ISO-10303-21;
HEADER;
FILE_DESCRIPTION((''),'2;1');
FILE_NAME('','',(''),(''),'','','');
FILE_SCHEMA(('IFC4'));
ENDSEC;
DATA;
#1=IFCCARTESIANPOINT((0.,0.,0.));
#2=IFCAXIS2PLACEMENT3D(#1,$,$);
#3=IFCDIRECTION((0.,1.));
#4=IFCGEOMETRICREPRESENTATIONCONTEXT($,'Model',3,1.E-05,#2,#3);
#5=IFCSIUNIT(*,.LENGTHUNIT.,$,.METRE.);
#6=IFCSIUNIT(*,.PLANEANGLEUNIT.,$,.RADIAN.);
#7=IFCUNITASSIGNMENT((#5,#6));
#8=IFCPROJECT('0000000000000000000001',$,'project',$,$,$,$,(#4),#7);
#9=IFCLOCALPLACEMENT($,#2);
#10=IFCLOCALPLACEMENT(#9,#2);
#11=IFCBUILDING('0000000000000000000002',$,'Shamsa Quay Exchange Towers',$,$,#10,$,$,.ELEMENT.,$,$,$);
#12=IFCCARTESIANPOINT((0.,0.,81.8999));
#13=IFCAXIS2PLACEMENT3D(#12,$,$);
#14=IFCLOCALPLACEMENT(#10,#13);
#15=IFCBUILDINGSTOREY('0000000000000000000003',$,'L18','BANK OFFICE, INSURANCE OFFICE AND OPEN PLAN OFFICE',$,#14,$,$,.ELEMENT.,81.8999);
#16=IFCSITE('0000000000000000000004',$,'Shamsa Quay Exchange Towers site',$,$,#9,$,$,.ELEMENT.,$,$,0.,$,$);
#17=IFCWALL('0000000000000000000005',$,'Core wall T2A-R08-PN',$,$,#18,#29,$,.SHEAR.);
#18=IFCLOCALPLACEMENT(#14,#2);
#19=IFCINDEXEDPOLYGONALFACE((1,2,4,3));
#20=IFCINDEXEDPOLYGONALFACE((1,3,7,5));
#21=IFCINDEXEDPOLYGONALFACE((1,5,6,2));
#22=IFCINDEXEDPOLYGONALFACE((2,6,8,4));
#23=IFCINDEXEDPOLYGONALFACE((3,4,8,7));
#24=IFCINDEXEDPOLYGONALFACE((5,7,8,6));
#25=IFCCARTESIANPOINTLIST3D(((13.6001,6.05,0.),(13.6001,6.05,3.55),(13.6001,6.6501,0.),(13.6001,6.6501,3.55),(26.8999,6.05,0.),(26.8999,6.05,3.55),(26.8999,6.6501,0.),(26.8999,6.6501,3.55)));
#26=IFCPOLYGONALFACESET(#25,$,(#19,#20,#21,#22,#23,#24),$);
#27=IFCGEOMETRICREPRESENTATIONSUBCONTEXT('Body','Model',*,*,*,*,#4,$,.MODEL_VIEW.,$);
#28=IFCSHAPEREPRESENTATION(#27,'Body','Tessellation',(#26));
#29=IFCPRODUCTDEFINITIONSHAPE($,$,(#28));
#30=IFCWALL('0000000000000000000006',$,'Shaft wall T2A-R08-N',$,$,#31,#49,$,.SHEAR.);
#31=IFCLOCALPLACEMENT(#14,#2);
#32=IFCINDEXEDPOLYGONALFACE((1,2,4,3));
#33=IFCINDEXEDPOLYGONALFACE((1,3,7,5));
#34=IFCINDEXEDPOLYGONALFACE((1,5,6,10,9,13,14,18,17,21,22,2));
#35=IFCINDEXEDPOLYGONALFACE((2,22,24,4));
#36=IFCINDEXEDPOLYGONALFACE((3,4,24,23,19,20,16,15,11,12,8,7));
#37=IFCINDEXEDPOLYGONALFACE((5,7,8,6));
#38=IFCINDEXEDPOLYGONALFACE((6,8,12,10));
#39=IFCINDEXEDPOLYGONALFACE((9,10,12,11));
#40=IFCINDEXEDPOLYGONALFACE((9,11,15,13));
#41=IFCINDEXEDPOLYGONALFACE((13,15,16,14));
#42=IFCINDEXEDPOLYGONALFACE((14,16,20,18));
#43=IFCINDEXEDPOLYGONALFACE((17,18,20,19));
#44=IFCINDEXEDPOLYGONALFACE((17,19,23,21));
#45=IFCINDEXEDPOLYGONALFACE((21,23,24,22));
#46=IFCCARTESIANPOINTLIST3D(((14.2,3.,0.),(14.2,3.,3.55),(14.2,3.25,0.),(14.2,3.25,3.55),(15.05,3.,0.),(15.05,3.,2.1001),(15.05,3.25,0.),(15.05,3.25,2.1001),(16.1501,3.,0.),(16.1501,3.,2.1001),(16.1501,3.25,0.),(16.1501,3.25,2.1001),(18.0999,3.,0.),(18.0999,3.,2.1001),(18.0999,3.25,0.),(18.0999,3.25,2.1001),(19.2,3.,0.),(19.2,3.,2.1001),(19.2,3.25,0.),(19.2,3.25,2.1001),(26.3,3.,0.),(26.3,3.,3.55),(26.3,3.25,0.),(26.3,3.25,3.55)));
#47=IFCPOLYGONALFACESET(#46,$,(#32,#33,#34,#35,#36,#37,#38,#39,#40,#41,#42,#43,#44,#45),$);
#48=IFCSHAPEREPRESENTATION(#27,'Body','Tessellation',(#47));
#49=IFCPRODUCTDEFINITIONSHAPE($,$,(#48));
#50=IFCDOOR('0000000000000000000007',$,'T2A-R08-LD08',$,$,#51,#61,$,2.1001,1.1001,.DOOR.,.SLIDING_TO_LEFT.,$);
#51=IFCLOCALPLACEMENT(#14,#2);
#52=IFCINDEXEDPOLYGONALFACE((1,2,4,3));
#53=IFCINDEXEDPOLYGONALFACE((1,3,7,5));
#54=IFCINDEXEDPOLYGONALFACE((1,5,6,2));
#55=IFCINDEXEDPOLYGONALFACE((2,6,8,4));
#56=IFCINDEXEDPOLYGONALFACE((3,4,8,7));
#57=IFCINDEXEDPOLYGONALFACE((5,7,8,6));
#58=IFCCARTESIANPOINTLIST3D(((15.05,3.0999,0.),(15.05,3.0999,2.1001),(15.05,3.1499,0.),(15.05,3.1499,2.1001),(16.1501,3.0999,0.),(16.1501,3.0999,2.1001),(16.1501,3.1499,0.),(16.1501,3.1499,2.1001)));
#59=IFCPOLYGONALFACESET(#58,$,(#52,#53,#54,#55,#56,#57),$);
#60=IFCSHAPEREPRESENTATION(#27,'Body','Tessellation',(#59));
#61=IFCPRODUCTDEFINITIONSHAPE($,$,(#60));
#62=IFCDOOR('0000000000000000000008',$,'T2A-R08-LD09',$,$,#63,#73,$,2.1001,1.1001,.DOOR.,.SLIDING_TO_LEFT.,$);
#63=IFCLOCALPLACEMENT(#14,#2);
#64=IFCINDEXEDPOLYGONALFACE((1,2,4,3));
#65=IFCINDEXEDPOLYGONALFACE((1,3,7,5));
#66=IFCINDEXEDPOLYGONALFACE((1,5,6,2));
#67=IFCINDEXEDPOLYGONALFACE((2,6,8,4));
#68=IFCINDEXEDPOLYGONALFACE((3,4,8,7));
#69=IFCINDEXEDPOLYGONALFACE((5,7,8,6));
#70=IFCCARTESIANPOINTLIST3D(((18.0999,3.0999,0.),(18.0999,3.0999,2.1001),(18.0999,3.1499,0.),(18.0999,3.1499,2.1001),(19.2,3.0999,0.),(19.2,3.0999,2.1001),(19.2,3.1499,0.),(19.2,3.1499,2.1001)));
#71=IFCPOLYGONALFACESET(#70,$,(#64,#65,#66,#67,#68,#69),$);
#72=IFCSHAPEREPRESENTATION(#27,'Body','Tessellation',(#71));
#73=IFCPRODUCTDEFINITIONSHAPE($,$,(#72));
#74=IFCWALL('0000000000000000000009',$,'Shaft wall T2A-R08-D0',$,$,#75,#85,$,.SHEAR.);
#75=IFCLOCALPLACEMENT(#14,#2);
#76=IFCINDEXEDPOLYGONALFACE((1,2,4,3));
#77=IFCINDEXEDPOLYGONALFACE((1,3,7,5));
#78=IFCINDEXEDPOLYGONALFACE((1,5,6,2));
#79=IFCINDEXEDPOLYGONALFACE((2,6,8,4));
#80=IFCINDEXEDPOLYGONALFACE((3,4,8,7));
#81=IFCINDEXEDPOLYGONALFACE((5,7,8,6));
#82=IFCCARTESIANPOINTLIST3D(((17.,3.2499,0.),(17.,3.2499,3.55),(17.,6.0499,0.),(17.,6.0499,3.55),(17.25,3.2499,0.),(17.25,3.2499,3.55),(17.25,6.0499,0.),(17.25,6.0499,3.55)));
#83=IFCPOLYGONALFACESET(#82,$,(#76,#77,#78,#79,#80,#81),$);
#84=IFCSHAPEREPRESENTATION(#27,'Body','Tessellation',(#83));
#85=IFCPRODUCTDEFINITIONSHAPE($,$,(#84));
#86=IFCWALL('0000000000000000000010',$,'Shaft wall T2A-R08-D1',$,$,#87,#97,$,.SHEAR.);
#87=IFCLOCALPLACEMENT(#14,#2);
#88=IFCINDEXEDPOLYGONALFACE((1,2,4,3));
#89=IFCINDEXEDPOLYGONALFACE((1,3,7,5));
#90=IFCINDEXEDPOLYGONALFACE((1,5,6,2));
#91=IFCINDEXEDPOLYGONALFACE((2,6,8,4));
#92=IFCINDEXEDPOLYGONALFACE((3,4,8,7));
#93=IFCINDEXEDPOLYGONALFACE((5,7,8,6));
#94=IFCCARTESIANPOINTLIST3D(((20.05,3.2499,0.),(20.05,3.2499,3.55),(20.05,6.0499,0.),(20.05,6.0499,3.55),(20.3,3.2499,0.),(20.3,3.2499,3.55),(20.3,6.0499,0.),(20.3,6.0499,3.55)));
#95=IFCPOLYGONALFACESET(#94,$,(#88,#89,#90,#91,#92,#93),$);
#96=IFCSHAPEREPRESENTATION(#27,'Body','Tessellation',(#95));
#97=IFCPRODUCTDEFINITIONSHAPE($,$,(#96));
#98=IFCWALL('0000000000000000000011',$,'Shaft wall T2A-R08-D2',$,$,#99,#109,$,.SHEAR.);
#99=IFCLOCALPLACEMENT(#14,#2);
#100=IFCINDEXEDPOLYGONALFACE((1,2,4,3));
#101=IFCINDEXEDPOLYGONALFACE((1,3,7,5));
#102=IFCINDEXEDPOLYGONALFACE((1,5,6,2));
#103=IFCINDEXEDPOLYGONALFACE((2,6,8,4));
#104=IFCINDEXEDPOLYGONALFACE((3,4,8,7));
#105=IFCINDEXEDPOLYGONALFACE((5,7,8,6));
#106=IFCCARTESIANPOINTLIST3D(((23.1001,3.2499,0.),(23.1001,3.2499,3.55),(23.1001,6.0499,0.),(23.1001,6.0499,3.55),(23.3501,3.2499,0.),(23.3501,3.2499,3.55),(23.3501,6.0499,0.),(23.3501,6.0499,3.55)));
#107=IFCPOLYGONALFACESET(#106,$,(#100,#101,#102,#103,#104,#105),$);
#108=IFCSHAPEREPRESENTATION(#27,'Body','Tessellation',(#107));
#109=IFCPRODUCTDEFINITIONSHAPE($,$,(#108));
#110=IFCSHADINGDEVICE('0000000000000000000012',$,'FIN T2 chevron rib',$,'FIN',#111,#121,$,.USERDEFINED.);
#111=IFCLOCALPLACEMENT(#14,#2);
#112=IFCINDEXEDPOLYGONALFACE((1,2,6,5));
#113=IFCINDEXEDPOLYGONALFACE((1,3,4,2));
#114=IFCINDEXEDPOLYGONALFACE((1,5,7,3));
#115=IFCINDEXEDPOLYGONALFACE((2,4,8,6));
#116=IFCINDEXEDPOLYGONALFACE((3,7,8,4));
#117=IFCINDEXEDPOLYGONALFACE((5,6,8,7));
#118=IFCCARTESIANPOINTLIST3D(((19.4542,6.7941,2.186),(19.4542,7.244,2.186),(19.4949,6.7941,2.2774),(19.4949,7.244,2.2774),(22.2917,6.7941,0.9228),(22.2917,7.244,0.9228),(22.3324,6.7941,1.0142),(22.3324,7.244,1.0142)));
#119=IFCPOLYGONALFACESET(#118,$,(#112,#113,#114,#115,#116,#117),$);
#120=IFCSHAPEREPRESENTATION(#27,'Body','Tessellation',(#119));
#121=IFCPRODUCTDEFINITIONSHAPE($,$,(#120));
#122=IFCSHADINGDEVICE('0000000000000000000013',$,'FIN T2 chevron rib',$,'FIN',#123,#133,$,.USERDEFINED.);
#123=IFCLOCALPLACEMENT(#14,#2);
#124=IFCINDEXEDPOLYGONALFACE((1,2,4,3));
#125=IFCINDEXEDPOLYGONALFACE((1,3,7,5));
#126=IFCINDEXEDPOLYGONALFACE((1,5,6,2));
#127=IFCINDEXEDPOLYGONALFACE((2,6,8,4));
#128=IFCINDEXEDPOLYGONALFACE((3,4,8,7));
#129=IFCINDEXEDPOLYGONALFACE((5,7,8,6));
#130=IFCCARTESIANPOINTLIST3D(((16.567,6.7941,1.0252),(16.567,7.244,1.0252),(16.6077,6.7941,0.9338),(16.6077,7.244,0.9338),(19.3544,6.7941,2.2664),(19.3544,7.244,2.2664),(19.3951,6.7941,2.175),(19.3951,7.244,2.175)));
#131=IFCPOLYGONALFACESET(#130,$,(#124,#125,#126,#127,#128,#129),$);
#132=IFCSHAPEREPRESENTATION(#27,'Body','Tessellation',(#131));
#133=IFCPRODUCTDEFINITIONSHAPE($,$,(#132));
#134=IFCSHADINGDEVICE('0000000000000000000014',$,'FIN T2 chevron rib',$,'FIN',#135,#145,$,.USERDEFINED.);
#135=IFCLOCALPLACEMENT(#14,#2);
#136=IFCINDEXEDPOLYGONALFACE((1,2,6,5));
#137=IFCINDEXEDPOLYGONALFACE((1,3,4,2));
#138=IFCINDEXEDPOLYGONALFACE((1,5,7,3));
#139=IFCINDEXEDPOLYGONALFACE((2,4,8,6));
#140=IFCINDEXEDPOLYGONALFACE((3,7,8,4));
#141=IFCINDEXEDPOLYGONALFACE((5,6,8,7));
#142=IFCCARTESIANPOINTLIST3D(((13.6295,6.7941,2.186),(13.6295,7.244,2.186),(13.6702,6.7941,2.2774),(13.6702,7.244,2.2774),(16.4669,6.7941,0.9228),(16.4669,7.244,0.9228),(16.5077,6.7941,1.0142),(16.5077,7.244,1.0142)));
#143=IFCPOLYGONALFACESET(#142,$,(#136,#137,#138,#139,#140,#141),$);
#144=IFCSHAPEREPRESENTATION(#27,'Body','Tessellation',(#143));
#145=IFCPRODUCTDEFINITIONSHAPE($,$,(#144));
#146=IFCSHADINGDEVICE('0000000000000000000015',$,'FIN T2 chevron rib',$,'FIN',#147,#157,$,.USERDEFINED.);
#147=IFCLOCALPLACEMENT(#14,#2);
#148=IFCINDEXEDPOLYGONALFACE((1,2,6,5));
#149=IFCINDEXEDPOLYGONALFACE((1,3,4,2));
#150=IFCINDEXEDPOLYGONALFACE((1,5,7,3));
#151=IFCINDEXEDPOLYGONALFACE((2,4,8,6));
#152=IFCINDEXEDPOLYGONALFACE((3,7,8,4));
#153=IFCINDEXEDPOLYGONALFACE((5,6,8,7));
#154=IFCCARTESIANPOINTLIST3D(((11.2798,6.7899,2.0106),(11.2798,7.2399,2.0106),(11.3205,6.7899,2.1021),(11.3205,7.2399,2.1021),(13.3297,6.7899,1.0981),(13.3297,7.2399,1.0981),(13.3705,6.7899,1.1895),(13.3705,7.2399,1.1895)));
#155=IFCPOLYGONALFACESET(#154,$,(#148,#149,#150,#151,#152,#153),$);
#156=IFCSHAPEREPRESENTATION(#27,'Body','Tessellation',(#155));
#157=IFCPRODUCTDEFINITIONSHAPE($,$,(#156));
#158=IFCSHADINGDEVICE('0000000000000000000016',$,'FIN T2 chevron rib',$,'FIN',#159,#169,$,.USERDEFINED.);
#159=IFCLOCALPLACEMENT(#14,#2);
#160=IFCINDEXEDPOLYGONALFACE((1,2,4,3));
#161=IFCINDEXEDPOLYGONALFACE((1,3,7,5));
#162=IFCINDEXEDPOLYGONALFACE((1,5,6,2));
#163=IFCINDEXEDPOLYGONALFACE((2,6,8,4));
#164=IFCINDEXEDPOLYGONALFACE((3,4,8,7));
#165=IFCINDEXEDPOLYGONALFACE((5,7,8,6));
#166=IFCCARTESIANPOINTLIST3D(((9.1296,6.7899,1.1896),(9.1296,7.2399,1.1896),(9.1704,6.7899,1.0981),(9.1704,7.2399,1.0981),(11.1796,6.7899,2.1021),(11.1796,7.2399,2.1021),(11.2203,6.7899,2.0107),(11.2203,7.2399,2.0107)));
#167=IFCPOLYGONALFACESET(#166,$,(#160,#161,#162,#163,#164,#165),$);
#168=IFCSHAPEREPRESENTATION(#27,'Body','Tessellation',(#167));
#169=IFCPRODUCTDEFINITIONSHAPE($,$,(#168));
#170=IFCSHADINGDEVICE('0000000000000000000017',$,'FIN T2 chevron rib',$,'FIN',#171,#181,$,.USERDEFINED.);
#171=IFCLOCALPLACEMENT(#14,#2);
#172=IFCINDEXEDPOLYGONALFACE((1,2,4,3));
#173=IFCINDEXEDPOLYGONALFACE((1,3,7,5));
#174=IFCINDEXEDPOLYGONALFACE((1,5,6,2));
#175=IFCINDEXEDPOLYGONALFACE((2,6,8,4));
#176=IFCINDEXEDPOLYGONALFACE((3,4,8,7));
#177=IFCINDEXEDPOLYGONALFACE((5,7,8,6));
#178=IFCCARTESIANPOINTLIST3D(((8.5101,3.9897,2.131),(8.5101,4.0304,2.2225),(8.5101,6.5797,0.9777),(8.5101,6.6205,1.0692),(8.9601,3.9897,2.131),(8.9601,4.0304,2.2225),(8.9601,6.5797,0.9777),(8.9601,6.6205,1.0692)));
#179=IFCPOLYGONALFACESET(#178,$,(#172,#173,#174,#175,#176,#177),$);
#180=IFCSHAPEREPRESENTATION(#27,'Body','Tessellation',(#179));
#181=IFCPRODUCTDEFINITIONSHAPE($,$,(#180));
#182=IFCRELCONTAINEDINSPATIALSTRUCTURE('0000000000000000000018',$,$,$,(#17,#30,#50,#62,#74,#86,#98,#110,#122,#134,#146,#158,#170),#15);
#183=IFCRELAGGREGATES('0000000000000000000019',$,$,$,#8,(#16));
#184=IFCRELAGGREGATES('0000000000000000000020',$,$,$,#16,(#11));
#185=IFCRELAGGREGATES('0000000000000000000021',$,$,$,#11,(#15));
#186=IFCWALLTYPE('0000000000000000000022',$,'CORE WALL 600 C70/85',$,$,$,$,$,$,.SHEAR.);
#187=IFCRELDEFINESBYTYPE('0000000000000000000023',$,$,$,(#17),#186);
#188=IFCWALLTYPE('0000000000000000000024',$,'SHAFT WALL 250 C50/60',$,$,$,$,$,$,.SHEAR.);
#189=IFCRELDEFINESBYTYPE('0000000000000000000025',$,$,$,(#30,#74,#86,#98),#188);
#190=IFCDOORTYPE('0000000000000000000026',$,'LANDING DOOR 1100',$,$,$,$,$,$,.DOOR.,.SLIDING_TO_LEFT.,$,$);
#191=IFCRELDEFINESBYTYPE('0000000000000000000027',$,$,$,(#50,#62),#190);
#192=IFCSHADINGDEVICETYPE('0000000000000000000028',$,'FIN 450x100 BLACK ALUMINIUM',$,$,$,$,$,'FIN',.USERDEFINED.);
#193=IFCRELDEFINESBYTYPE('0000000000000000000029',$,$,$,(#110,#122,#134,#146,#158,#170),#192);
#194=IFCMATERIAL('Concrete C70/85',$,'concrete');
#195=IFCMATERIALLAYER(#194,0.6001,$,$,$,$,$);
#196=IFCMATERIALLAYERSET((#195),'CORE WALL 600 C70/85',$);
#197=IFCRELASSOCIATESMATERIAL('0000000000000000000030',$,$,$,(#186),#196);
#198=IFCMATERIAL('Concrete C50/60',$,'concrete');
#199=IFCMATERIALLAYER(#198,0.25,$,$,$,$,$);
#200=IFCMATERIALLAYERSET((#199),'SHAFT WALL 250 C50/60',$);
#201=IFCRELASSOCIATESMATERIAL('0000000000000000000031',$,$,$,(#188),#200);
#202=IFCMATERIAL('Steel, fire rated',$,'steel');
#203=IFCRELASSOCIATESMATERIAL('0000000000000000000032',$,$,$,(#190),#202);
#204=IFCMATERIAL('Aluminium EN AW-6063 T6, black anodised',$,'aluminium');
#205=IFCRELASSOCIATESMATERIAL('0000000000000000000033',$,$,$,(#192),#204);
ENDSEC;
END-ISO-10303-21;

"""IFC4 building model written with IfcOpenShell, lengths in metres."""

from ifc_helpers import new_model, si_unit, direction, frame, frame_2d, origin, origin_2d, place, context, subcontext, project, spatial, rectangle, extrude, material, layer, layer_set, material_profile, profile_set, type_object, element, fill, save


model = new_model("IFC4")

# Units and contexts
model_context = context("Model", 3, precision=1e-05, world=origin(), true_north=direction((0.0, 1.0)))
body_context = subcontext(model_context, "Body", "Model", "MODEL_VIEW")
ifc_project = project(units=[si_unit("LENGTHUNIT", "METRE"), si_unit("PLANEANGLEUNIT", "RADIAN")], contexts=[model_context])

# Site, building, storey
site_placement = place(None, origin())
site = spatial("IfcSite", under=ifc_project, at=site_placement, Name="Shamsa Quay Exchange Towers site", CompositionType="ELEMENT", RefElevation=0.0)
building_placement = place(site_placement, origin())
building = spatial("IfcBuilding", under=site, at=building_placement, Name="Shamsa Quay Exchange Towers", CompositionType="ELEMENT")
storey_placement = place(building_placement, frame((0.0, 0.0, 81.8999)))
storey = spatial("IfcBuildingStorey", under=building, at=storey_placement, Name="L18", Description="BANK OFFICE, INSURANCE OFFICE AND OPEN PLAN OFFICE", CompositionType="ELEMENT", Elevation=81.8999)

# Shared definitions
ifc_material_1 = material(Name="Aluminium EN AW-6063 T6, black anodised", Category="aluminium")

# Shared definitions
ifc_material_2 = material(Name="Concrete C50/60", Category="concrete")

# Wall
ifc_material_3 = material(Name="Concrete C70/85", Category="concrete")
ifc_layer_1 = layer(ifc_material_3, 0.6001)
ifc_layer_set_1 = layer_set([ifc_layer_1], Name="CORE WALL 600 C70/85")
wall_type_1 = type_object("IfcWallType", Name="CORE WALL 600 C70/85", PredefinedType="SHEAR", material=ifc_layer_set_1)
wall_1_placement = place(storey_placement, frame((13.6001, 6.3501, 0.0)))
element("IfcWall", 1, at=wall_1_placement, inside=storey, type_object=wall_type_1, Name="Core wall T2A-R08-PN", PredefinedType="SHEAR", context=body_context, shape_type="SweptSolid", body=[
    extrude(rectangle(XDim=13.2998, YDim=0.6001, at=frame_2d((6.6499, 0.0))), origin(), (0.0, 0.0, 1.0), 3.55),
])

# Shared definitions
ifc_material_4 = material(Name="Steel, fire rated", Category="steel")

# Wall, openings, doors
ifc_layer_2 = layer(ifc_material_2, 0.25)
ifc_layer_set_2 = layer_set([ifc_layer_2], Name="SHAFT WALL 250 C50/60")
wall_type_2 = type_object("IfcWallType", Name="SHAFT WALL 250 C50/60", PredefinedType="SHEAR", material=ifc_layer_set_2)
wall_2_placement = place(storey_placement, frame((14.2, 3.125, 0.0)))
wall_2 = element("IfcWall", 2, at=wall_2_placement, inside=storey, type_object=wall_type_2, Name="Shaft wall T2A-R08-N", PredefinedType="SHEAR", context=body_context, shape_type="SweptSolid", body=[
    extrude(rectangle(XDim=12.1001, YDim=0.25, at=frame_2d((6.05, 0.0))), origin(), (0.0, 0.0, 1.0), 3.55),
])
opening_1_placement = place(wall_2_placement, frame((0.8501, 0.0, 0.0)))
opening_1 = element("IfcOpeningElement", 3, at=opening_1_placement, cuts=wall_2, PredefinedType="OPENING", context=body_context, shape_type="SweptSolid", body=[
    extrude(rectangle(XDim=1.1001, YDim=2.1001, at=frame_2d((0.55, 1.05))), frame((0.0, 0.135, 0.0), z_axis=(0.0, -1.0, 0.0), x_axis=(1.0, 0.0, 0.0)), (0.0, 0.0, 1.0), 0.27),
])
opening_2_placement = place(wall_2_placement, frame((3.8999, 0.0, 0.0)))
opening_2 = element("IfcOpeningElement", 4, at=opening_2_placement, cuts=wall_2, PredefinedType="OPENING", context=body_context, shape_type="SweptSolid", body=[
    extrude(rectangle(XDim=1.1001, YDim=2.1001, at=frame_2d((0.55, 1.05))), frame((0.0, 0.135, 0.0), z_axis=(0.0, -1.0, 0.0), x_axis=(1.0, 0.0, 0.0)), (0.0, 0.0, 1.0), 0.27),
])
door_type_1 = type_object("IfcDoorType", Name="LANDING DOOR 1100", OperationType="SLIDING_TO_LEFT", PredefinedType="DOOR", material=ifc_material_4)
door_1_placement = place(opening_1_placement, origin())
door_1 = element("IfcDoor", 5, at=door_1_placement, inside=storey, type_object=door_type_1, Name="T2A-R08-LD08", OperationType="SLIDING_TO_LEFT", OverallHeight=2.1001, OverallWidth=1.1001, PredefinedType="DOOR", context=body_context, shape_type="SweptSolid", body=[
    extrude(rectangle(XDim=1.1001, YDim=2.1001, at=frame_2d((0.55, 1.05))), frame((0.0, 0.0249, 0.0), z_axis=(0.0, -1.0, 0.0), x_axis=(1.0, 0.0, 0.0)), (0.0, 0.0, 1.0), 0.05),
])
fill(opening_1, door_1)
door_2_placement = place(opening_2_placement, origin())
door_2 = element("IfcDoor", 6, at=door_2_placement, inside=storey, type_object=door_type_1, Name="T2A-R08-LD09", OperationType="SLIDING_TO_LEFT", OverallHeight=2.1001, OverallWidth=1.1001, PredefinedType="DOOR", context=body_context, shape_type="SweptSolid", body=[
    extrude(rectangle(XDim=1.1001, YDim=2.1001, at=frame_2d((0.55, 1.05))), frame((0.0, 0.0249, 0.0), z_axis=(0.0, -1.0, 0.0), x_axis=(1.0, 0.0, 0.0)), (0.0, 0.0, 1.0), 0.05),
])
fill(opening_2, door_2)

# Walls
for number, where, z_axis, x_axis, name in (
    (7, (17.125, 3.25, 0.0), (0.0, 0.0, 1.0), (0.0, 1.0, 0.0), "Shaft wall T2A-R08-D0"),
    (8, (20.175, 3.25, 0.0), (0.0, 0.0, 1.0), (0.0, 1.0, 0.0), "Shaft wall T2A-R08-D1"),
    (9, (23.2251, 3.25, 0.0), (0.0, 0.0, 1.0), (0.0, 1.0, 0.0), "Shaft wall T2A-R08-D2"),
):
    element("IfcWall", number, at=place(storey_placement, frame(where, z_axis=z_axis, x_axis=x_axis)), inside=storey, type_object=wall_type_2, Name=name, PredefinedType="SHEAR", context=body_context, shape_type="SweptSolid", body=[
        extrude(rectangle(XDim=2.8, YDim=0.25, at=frame_2d((1.3999, 0.0))), origin(), (0.0, 0.0, 1.0), 3.55),
    ])

# Shading devices
ifc_material_profile_1 = material_profile(ifc_material_1, rectangle(XDim=0.45, YDim=0.1001, at=origin_2d()), Name="FIN450x100")
ifc_profile_set_1 = profile_set([ifc_material_profile_1], Name="Aluminium EN AW-6063 T6, black anodised")
shading_device_type = type_object("IfcShadingDeviceType", Name="FIN 450x100 BLACK ALUMINIUM", ElementType="FIN", PredefinedType="USERDEFINED", material=ifc_profile_set_1)
shading_device_1_placement = place(storey_placement, frame((22.312, 7.019, 0.9685), z_axis=(-0.913559, 0.0, 0.406707), x_axis=(0.0, -1.0, 0.0)))
element("IfcShadingDevice", 10, at=shading_device_1_placement, inside=storey, type_object=shading_device_type, Name="FIN T2 chevron rib", ObjectType="FIN", PredefinedType="USERDEFINED", context=body_context, shape_type="SweptSolid", body=[
    extrude(rectangle(XDim=0.45, YDim=0.1001, at=origin_2d()), origin(), (0.0, 0.0, 1.0), 3.106),
])
shading_device_2_placement = place(storey_placement, frame((19.3748, 7.019, 2.2207), z_axis=(-0.913521, 0.0, -0.406792), x_axis=(0.0, -1.0, 0.0)))
element("IfcShadingDevice", 11, at=shading_device_2_placement, inside=storey, type_object=shading_device_type, Name="FIN T2 chevron rib", ObjectType="FIN", PredefinedType="USERDEFINED", context=body_context, shape_type="SweptSolid", body=[
    extrude(rectangle(XDim=0.45, YDim=0.1001, at=origin_2d()), origin(), (0.0, 0.0, 1.0), 3.0513),
])
shading_device_3_placement = place(storey_placement, frame((16.4873, 7.019, 0.9685), z_axis=(-0.913559, 0.0, 0.406707), x_axis=(0.0, -1.0, 0.0)))
element("IfcShadingDevice", 12, at=shading_device_3_placement, inside=storey, type_object=shading_device_type, Name="FIN T2 chevron rib", ObjectType="FIN", PredefinedType="USERDEFINED", context=body_context, shape_type="SweptSolid", body=[
    extrude(rectangle(XDim=0.45, YDim=0.1001, at=origin_2d()), origin(), (0.0, 0.0, 1.0), 3.106),
])
for number, where, z_axis, x_axis, name in (
    (13, (13.3501, 7.0149, 1.1438), (-0.913569, 0.0, 0.406684), (0.0, -1.0, 0.0), "FIN T2 chevron rib"),
    (14, (11.2, 7.0149, 2.0564), (-0.913569, 0.0, -0.406684), (0.0, -1.0, 0.0), "FIN T2 chevron rib"),
):
    element("IfcShadingDevice", number, at=place(storey_placement, frame(where, z_axis=z_axis, x_axis=x_axis)), inside=storey, type_object=shading_device_type, Name=name, ObjectType="FIN", PredefinedType="USERDEFINED", context=body_context, shape_type="SweptSolid", body=[
        extrude(rectangle(XDim=0.45, YDim=0.1001, at=origin_2d()), origin(), (0.0, 0.0, 1.0), 2.2439),
    ])
shading_device_4_placement = place(storey_placement, frame((8.7351, 6.6001, 1.0234), z_axis=(0.0, -0.913527, 0.406778), x_axis=(1.0, 0.0, 0.0)))
element("IfcShadingDevice", 15, at=shading_device_4_placement, inside=storey, type_object=shading_device_type, Name="FIN T2 chevron rib", ObjectType="FIN", PredefinedType="USERDEFINED", context=body_context, shape_type="SweptSolid", body=[
    extrude(rectangle(XDim=0.45, YDim=0.1001, at=origin_2d()), origin(), (0.0, 0.0, 1.0), 2.8352),
])

save(model, "model.ifc")
